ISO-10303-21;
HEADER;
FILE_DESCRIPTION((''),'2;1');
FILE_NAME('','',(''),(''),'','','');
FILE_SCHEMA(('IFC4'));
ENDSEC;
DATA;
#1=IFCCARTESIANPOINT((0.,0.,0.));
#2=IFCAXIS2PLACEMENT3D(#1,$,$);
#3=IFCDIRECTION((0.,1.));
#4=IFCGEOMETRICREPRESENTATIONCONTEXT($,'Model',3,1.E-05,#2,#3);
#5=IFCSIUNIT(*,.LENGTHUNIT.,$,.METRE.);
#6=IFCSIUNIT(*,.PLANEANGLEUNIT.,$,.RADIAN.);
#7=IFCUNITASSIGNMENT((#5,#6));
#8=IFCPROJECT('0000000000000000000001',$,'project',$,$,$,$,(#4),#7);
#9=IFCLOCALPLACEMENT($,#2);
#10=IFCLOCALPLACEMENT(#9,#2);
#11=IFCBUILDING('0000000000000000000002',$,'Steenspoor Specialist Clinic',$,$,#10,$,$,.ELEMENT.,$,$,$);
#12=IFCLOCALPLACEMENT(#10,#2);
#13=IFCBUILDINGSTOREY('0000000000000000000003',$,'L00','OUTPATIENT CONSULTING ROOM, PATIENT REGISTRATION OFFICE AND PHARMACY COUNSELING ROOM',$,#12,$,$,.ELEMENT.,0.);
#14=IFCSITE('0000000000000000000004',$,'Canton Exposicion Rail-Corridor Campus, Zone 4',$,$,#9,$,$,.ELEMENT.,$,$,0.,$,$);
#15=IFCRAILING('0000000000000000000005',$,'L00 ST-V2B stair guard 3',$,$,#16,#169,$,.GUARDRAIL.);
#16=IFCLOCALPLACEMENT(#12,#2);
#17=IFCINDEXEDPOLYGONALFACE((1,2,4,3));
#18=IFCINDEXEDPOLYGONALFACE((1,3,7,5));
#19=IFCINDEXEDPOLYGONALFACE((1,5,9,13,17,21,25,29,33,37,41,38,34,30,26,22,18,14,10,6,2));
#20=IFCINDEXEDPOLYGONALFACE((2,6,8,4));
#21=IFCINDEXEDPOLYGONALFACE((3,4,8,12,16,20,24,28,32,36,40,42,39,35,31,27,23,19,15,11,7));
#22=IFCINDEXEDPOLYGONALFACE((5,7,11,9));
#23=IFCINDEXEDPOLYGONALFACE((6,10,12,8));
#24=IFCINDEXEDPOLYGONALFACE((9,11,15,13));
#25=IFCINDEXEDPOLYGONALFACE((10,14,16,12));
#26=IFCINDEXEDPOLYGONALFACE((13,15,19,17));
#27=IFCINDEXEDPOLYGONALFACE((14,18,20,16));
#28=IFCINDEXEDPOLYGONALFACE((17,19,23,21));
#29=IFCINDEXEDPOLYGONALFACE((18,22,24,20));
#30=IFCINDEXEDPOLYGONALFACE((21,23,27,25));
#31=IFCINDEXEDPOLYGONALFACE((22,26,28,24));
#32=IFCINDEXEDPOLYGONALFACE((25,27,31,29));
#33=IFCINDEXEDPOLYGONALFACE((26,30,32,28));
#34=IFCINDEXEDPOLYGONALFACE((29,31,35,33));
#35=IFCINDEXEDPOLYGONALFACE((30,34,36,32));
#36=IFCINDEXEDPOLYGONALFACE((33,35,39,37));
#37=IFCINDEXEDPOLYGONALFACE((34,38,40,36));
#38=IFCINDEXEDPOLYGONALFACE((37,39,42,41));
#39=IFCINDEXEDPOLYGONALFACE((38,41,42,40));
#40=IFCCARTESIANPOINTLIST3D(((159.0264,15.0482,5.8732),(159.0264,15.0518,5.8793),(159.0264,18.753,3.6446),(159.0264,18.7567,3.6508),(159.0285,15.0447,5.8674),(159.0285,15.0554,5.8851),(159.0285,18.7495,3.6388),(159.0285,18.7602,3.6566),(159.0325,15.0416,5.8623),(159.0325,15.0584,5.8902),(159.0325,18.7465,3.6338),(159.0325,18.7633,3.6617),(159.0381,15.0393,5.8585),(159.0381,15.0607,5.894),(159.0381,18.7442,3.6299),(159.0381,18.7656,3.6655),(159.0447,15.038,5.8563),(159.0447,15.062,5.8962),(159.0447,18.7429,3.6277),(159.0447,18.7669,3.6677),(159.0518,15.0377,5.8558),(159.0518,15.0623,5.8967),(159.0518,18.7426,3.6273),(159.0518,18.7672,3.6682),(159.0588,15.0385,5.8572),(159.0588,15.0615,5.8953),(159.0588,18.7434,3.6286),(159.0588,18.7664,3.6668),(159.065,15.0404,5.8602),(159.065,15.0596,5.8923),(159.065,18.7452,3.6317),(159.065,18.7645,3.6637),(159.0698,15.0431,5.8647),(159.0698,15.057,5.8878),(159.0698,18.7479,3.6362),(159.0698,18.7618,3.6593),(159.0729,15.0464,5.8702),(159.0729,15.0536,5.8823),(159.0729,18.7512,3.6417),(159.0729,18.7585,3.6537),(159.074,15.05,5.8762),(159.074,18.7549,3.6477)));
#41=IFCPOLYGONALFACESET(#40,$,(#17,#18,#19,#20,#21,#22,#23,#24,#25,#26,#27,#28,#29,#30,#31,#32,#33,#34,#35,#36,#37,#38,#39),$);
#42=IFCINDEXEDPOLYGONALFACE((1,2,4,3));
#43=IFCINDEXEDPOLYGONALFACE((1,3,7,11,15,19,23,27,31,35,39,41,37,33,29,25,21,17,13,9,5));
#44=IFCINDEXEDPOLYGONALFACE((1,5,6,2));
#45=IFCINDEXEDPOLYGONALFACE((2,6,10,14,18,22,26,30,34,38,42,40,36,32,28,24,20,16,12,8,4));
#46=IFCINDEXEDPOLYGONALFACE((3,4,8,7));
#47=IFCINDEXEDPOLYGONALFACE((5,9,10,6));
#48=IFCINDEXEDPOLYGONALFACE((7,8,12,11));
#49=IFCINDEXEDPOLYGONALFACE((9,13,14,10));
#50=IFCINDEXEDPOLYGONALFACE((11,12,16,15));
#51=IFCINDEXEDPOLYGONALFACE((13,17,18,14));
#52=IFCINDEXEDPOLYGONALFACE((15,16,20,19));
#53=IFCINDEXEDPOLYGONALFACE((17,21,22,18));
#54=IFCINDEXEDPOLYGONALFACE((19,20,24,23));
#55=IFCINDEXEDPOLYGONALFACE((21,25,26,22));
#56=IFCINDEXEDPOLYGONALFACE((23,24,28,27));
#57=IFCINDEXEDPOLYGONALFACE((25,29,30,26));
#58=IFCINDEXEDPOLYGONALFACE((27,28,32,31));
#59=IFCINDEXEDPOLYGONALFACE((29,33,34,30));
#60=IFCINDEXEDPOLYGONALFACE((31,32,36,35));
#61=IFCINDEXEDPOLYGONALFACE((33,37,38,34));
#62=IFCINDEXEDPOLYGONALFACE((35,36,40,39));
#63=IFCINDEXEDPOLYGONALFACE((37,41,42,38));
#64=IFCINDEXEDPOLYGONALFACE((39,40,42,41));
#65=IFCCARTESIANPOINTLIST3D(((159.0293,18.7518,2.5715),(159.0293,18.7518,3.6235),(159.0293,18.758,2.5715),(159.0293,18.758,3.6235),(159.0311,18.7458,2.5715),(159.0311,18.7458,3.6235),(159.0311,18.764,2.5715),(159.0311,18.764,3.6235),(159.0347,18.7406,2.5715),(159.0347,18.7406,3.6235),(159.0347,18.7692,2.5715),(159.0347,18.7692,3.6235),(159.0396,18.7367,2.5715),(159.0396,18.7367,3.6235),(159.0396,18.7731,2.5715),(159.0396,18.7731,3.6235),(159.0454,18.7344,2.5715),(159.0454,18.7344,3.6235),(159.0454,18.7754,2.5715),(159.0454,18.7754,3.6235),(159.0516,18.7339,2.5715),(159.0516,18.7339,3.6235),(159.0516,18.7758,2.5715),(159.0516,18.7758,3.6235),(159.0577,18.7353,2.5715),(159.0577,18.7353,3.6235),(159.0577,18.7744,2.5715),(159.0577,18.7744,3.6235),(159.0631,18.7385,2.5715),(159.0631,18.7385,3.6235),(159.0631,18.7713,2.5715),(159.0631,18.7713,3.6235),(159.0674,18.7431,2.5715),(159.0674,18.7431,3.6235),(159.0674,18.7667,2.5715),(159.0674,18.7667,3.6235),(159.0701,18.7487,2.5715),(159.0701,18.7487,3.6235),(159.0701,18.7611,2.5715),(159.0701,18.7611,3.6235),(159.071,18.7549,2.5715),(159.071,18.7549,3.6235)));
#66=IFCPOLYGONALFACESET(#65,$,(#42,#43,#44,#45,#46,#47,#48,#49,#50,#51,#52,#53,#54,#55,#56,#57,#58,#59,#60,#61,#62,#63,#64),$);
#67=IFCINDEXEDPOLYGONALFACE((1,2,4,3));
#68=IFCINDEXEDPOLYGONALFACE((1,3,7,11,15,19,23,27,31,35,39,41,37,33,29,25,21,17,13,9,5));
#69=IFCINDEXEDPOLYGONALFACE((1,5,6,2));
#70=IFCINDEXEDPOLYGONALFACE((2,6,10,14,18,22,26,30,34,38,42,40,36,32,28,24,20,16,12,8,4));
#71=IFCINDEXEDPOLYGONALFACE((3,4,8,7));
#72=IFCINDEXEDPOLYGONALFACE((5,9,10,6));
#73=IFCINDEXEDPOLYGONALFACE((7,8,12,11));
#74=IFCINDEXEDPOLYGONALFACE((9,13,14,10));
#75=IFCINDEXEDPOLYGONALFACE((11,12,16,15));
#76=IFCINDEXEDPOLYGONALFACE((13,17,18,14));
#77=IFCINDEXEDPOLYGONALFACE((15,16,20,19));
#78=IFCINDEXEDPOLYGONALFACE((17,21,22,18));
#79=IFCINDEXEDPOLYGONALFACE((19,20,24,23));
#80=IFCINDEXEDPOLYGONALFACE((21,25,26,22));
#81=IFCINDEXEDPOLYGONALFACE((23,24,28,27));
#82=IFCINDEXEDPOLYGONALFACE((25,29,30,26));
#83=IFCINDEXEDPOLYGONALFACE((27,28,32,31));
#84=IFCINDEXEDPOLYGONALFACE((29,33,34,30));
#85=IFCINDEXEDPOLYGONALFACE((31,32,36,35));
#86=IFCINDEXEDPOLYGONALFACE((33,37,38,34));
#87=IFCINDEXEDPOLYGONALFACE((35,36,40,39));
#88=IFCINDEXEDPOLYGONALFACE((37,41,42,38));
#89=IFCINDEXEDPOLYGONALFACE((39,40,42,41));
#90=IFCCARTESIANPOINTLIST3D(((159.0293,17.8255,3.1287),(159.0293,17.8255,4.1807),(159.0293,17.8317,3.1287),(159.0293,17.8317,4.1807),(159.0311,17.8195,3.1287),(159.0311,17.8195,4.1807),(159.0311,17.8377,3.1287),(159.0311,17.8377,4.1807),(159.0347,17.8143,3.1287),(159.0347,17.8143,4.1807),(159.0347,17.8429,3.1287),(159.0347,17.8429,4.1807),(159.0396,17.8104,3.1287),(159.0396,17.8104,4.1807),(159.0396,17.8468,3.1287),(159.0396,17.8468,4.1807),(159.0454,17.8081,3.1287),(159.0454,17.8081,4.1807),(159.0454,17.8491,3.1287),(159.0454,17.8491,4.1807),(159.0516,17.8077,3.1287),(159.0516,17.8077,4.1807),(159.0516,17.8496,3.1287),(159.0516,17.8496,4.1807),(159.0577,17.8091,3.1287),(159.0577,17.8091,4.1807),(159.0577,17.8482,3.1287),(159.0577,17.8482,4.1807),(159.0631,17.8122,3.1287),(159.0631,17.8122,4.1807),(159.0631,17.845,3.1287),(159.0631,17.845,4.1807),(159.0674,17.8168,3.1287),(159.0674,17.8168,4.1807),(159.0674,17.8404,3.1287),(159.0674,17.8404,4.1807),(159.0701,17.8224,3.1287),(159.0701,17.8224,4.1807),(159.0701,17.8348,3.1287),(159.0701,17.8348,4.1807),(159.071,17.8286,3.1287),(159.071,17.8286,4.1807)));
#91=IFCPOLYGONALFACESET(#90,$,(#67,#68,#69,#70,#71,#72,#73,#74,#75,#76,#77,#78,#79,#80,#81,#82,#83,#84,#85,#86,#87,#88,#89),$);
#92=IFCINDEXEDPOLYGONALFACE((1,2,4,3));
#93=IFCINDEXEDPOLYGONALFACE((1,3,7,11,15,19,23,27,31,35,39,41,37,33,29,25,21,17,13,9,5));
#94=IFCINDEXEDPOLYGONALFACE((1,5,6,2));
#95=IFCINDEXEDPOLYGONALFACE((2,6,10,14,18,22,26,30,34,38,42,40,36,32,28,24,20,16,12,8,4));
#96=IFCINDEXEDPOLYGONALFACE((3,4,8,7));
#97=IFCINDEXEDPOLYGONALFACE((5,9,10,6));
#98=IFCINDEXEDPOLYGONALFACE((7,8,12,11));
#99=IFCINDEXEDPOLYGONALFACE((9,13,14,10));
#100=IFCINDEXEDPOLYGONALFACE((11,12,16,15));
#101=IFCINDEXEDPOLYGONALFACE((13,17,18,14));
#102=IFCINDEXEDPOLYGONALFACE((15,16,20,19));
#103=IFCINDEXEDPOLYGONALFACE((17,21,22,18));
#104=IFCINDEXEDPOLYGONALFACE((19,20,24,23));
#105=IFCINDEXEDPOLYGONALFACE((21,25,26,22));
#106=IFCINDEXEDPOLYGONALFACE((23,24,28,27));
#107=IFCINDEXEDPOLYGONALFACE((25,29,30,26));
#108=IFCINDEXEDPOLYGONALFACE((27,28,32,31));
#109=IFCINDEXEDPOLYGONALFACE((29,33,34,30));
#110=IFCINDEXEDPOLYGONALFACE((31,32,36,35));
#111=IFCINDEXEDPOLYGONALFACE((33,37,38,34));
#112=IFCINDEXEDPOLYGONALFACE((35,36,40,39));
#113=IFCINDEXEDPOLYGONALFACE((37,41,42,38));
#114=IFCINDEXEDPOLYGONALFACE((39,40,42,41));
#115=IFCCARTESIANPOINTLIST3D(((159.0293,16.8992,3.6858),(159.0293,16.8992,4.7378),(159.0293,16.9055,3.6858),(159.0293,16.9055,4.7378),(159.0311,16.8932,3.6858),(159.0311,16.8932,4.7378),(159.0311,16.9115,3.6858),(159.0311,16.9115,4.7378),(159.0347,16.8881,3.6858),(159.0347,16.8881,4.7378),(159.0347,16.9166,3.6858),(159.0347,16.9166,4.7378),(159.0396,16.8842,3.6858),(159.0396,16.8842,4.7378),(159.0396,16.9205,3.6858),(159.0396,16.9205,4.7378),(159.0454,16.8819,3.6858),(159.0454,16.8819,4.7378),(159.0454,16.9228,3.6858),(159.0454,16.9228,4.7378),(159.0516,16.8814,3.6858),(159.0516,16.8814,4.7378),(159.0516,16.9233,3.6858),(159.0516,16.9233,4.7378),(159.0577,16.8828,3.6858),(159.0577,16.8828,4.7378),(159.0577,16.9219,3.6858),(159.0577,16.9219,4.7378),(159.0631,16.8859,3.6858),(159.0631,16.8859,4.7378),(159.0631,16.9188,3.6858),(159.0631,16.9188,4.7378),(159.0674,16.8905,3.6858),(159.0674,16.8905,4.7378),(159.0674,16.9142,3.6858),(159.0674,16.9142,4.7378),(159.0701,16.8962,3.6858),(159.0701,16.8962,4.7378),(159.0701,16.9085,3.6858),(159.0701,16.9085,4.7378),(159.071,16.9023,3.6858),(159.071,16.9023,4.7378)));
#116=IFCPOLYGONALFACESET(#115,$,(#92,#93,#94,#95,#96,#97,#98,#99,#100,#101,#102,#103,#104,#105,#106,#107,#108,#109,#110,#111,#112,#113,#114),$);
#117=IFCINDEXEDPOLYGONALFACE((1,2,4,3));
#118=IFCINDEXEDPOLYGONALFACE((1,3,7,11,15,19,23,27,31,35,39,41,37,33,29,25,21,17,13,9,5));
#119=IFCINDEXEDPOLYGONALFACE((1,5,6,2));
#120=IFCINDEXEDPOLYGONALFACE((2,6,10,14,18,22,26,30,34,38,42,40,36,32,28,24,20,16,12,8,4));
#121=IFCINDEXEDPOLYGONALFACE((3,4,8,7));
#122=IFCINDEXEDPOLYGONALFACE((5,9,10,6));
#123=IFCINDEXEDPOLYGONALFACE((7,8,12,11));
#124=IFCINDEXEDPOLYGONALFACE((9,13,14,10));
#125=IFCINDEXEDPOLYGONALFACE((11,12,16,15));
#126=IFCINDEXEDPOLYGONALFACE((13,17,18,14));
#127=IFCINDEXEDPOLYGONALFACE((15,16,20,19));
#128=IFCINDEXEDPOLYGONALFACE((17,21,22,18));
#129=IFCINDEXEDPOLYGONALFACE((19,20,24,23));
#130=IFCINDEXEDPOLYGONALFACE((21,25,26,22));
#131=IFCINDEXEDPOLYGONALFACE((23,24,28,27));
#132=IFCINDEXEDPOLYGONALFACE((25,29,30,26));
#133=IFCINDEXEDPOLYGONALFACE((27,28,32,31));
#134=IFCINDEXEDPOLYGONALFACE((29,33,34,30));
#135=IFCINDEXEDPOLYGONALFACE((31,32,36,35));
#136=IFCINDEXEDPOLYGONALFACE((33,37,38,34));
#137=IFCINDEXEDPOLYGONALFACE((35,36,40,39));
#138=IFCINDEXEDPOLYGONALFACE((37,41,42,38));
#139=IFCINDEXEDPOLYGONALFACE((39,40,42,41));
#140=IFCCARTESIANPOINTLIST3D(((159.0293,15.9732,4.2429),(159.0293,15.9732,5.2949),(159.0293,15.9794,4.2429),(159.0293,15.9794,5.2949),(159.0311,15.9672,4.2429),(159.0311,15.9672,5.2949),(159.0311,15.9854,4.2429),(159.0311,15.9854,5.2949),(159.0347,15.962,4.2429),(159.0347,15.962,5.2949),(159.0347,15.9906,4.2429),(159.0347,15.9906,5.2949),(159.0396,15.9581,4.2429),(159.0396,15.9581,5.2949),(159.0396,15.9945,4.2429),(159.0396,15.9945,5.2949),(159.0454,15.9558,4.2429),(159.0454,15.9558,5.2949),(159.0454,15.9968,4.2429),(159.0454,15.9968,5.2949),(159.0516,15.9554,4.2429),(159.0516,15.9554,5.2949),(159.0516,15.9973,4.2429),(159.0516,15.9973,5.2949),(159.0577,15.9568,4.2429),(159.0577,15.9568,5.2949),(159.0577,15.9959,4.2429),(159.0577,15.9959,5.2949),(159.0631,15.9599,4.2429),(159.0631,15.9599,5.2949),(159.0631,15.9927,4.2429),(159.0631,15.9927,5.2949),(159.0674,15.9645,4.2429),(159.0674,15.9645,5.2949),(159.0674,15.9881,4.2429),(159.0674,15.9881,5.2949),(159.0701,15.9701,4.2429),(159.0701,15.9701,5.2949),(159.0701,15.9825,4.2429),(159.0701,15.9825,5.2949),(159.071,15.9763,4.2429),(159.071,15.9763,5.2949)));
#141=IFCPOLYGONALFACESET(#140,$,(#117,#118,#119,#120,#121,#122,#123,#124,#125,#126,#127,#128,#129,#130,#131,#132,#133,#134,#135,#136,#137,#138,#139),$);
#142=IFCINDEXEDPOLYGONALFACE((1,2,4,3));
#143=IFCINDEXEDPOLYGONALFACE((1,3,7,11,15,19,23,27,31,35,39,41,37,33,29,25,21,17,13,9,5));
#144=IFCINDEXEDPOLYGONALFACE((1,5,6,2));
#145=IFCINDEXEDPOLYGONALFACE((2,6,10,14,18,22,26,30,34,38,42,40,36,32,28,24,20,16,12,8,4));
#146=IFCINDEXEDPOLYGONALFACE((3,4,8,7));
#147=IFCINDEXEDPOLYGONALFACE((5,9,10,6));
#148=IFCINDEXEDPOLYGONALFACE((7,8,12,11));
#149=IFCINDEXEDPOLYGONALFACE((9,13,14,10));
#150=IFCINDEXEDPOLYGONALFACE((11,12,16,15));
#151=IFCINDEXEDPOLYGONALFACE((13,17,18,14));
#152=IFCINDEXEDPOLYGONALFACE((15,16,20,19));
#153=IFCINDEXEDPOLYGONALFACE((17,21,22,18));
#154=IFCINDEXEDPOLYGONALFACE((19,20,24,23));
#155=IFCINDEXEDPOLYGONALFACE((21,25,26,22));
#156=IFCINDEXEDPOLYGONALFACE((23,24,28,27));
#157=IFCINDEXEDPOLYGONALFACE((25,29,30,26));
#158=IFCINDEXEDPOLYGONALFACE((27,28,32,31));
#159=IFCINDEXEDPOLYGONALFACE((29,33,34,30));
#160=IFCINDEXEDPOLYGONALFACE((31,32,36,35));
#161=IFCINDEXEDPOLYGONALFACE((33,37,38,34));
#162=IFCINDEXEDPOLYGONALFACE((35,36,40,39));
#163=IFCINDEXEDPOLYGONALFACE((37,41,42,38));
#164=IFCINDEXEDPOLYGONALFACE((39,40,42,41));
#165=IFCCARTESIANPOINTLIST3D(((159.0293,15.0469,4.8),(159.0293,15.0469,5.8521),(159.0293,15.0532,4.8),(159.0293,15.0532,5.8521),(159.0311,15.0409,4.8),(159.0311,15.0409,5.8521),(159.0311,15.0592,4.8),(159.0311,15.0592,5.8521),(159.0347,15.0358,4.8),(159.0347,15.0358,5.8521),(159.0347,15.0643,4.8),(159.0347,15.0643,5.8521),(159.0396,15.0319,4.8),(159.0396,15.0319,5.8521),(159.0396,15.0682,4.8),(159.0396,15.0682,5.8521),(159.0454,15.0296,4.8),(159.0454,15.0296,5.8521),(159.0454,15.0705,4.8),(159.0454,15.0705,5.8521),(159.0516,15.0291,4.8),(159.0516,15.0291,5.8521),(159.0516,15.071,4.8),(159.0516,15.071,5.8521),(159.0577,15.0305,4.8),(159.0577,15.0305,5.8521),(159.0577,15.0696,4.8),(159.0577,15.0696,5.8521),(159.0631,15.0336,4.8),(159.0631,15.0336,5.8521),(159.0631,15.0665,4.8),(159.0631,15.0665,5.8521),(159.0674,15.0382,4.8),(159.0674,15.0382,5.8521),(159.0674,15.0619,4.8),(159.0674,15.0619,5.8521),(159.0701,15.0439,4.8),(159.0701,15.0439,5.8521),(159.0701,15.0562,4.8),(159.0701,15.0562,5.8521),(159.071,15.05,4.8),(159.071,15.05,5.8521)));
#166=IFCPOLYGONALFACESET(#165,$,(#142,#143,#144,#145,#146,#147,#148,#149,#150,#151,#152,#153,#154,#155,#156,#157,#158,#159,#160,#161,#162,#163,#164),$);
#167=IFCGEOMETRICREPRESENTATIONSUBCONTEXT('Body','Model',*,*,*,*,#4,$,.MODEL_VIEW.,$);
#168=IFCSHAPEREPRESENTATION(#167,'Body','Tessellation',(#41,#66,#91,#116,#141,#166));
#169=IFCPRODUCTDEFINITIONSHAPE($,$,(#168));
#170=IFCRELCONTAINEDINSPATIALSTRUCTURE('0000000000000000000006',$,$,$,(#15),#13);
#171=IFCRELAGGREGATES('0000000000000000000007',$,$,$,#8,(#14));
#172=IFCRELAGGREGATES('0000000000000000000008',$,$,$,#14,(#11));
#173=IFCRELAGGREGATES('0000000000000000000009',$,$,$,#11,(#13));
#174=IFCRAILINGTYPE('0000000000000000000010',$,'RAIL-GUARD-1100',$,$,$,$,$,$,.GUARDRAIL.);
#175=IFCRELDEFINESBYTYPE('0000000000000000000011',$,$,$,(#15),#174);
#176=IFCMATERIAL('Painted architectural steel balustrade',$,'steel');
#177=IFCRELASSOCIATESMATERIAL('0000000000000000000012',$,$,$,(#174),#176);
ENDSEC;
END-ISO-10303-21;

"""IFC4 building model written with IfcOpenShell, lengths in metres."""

from ifc_helpers import new_model, si_unit, direction, frame, origin, origin_2d, place, context, subcontext, project, spatial, circle, extrude, material, type_object, element, save


model = new_model("IFC4")

# Units and contexts
model_context = context("Model", 3, precision=1e-05, world=origin(), true_north=direction((0.0, 1.0)))
body_context = subcontext(model_context, "Body", "Model", "MODEL_VIEW")
ifc_project = project(units=[si_unit("LENGTHUNIT", "METRE"), si_unit("PLANEANGLEUNIT", "RADIAN")], contexts=[model_context])

# Site, building, storey
site_placement = place(None, origin())
site = spatial("IfcSite", under=ifc_project, at=site_placement, Name="Canton Exposicion Rail-Corridor Campus, Zone 4", CompositionType="ELEMENT", RefElevation=0.0)
building_placement = place(site_placement, origin())
building = spatial("IfcBuilding", under=site, at=building_placement, Name="Steenspoor Specialist Clinic", CompositionType="ELEMENT")
storey_placement = place(building_placement, origin())
storey = spatial("IfcBuildingStorey", under=building, at=storey_placement, Name="L00", Description="OUTPATIENT CONSULTING ROOM, PATIENT REGISTRATION OFFICE AND PHARMACY COUNSELING ROOM", CompositionType="ELEMENT", Elevation=0.0)

# Railing
ifc_material_1 = material(Name="Painted architectural steel balustrade", Category="steel")
railing_type_1 = type_object("IfcRailingType", Name="RAIL-GUARD-1100", PredefinedType="GUARDRAIL", material=ifc_material_1)
railing_1_placement = place(storey_placement, frame((159.05, 18.7549, 2.5715)))
element("IfcRailing", 1, at=railing_1_placement, inside=storey, type_object=railing_type_1, Name="L00 ST-V2B stair guard 3", PredefinedType="GUARDRAIL", context=body_context, shape_type="SweptSolid", body=[
    extrude(circle(Radius=0.0239, at=origin_2d()), frame((0.0, 0.0, 1.0762), z_axis=(0.0, -0.856919, 0.51545), x_axis=(1.0, 0.0, 0.0)), (0.0, 0.0, 1.0), 4.3235),
    extrude(circle(Radius=0.021, at=origin_2d()), origin(), (0.0, 0.0, 1.0), 1.052),
    extrude(circle(Radius=0.021, at=origin_2d()), frame((0.0, -0.9263, 0.5571)), (0.0, 0.0, 1.0), 1.052),
    extrude(circle(Radius=0.021, at=origin_2d()), frame((0.0, -1.8525, 1.1143)), (0.0, 0.0, 1.0), 1.052),
    extrude(circle(Radius=0.021, at=origin_2d()), frame((0.0, -2.7786, 1.6714)), (0.0, 0.0, 1.0), 1.052),
    extrude(circle(Radius=0.021, at=origin_2d()), frame((0.0, -3.7048, 2.2285)), (0.0, 0.0, 1.0), 1.052),
])

save(model, "model.ifc")
